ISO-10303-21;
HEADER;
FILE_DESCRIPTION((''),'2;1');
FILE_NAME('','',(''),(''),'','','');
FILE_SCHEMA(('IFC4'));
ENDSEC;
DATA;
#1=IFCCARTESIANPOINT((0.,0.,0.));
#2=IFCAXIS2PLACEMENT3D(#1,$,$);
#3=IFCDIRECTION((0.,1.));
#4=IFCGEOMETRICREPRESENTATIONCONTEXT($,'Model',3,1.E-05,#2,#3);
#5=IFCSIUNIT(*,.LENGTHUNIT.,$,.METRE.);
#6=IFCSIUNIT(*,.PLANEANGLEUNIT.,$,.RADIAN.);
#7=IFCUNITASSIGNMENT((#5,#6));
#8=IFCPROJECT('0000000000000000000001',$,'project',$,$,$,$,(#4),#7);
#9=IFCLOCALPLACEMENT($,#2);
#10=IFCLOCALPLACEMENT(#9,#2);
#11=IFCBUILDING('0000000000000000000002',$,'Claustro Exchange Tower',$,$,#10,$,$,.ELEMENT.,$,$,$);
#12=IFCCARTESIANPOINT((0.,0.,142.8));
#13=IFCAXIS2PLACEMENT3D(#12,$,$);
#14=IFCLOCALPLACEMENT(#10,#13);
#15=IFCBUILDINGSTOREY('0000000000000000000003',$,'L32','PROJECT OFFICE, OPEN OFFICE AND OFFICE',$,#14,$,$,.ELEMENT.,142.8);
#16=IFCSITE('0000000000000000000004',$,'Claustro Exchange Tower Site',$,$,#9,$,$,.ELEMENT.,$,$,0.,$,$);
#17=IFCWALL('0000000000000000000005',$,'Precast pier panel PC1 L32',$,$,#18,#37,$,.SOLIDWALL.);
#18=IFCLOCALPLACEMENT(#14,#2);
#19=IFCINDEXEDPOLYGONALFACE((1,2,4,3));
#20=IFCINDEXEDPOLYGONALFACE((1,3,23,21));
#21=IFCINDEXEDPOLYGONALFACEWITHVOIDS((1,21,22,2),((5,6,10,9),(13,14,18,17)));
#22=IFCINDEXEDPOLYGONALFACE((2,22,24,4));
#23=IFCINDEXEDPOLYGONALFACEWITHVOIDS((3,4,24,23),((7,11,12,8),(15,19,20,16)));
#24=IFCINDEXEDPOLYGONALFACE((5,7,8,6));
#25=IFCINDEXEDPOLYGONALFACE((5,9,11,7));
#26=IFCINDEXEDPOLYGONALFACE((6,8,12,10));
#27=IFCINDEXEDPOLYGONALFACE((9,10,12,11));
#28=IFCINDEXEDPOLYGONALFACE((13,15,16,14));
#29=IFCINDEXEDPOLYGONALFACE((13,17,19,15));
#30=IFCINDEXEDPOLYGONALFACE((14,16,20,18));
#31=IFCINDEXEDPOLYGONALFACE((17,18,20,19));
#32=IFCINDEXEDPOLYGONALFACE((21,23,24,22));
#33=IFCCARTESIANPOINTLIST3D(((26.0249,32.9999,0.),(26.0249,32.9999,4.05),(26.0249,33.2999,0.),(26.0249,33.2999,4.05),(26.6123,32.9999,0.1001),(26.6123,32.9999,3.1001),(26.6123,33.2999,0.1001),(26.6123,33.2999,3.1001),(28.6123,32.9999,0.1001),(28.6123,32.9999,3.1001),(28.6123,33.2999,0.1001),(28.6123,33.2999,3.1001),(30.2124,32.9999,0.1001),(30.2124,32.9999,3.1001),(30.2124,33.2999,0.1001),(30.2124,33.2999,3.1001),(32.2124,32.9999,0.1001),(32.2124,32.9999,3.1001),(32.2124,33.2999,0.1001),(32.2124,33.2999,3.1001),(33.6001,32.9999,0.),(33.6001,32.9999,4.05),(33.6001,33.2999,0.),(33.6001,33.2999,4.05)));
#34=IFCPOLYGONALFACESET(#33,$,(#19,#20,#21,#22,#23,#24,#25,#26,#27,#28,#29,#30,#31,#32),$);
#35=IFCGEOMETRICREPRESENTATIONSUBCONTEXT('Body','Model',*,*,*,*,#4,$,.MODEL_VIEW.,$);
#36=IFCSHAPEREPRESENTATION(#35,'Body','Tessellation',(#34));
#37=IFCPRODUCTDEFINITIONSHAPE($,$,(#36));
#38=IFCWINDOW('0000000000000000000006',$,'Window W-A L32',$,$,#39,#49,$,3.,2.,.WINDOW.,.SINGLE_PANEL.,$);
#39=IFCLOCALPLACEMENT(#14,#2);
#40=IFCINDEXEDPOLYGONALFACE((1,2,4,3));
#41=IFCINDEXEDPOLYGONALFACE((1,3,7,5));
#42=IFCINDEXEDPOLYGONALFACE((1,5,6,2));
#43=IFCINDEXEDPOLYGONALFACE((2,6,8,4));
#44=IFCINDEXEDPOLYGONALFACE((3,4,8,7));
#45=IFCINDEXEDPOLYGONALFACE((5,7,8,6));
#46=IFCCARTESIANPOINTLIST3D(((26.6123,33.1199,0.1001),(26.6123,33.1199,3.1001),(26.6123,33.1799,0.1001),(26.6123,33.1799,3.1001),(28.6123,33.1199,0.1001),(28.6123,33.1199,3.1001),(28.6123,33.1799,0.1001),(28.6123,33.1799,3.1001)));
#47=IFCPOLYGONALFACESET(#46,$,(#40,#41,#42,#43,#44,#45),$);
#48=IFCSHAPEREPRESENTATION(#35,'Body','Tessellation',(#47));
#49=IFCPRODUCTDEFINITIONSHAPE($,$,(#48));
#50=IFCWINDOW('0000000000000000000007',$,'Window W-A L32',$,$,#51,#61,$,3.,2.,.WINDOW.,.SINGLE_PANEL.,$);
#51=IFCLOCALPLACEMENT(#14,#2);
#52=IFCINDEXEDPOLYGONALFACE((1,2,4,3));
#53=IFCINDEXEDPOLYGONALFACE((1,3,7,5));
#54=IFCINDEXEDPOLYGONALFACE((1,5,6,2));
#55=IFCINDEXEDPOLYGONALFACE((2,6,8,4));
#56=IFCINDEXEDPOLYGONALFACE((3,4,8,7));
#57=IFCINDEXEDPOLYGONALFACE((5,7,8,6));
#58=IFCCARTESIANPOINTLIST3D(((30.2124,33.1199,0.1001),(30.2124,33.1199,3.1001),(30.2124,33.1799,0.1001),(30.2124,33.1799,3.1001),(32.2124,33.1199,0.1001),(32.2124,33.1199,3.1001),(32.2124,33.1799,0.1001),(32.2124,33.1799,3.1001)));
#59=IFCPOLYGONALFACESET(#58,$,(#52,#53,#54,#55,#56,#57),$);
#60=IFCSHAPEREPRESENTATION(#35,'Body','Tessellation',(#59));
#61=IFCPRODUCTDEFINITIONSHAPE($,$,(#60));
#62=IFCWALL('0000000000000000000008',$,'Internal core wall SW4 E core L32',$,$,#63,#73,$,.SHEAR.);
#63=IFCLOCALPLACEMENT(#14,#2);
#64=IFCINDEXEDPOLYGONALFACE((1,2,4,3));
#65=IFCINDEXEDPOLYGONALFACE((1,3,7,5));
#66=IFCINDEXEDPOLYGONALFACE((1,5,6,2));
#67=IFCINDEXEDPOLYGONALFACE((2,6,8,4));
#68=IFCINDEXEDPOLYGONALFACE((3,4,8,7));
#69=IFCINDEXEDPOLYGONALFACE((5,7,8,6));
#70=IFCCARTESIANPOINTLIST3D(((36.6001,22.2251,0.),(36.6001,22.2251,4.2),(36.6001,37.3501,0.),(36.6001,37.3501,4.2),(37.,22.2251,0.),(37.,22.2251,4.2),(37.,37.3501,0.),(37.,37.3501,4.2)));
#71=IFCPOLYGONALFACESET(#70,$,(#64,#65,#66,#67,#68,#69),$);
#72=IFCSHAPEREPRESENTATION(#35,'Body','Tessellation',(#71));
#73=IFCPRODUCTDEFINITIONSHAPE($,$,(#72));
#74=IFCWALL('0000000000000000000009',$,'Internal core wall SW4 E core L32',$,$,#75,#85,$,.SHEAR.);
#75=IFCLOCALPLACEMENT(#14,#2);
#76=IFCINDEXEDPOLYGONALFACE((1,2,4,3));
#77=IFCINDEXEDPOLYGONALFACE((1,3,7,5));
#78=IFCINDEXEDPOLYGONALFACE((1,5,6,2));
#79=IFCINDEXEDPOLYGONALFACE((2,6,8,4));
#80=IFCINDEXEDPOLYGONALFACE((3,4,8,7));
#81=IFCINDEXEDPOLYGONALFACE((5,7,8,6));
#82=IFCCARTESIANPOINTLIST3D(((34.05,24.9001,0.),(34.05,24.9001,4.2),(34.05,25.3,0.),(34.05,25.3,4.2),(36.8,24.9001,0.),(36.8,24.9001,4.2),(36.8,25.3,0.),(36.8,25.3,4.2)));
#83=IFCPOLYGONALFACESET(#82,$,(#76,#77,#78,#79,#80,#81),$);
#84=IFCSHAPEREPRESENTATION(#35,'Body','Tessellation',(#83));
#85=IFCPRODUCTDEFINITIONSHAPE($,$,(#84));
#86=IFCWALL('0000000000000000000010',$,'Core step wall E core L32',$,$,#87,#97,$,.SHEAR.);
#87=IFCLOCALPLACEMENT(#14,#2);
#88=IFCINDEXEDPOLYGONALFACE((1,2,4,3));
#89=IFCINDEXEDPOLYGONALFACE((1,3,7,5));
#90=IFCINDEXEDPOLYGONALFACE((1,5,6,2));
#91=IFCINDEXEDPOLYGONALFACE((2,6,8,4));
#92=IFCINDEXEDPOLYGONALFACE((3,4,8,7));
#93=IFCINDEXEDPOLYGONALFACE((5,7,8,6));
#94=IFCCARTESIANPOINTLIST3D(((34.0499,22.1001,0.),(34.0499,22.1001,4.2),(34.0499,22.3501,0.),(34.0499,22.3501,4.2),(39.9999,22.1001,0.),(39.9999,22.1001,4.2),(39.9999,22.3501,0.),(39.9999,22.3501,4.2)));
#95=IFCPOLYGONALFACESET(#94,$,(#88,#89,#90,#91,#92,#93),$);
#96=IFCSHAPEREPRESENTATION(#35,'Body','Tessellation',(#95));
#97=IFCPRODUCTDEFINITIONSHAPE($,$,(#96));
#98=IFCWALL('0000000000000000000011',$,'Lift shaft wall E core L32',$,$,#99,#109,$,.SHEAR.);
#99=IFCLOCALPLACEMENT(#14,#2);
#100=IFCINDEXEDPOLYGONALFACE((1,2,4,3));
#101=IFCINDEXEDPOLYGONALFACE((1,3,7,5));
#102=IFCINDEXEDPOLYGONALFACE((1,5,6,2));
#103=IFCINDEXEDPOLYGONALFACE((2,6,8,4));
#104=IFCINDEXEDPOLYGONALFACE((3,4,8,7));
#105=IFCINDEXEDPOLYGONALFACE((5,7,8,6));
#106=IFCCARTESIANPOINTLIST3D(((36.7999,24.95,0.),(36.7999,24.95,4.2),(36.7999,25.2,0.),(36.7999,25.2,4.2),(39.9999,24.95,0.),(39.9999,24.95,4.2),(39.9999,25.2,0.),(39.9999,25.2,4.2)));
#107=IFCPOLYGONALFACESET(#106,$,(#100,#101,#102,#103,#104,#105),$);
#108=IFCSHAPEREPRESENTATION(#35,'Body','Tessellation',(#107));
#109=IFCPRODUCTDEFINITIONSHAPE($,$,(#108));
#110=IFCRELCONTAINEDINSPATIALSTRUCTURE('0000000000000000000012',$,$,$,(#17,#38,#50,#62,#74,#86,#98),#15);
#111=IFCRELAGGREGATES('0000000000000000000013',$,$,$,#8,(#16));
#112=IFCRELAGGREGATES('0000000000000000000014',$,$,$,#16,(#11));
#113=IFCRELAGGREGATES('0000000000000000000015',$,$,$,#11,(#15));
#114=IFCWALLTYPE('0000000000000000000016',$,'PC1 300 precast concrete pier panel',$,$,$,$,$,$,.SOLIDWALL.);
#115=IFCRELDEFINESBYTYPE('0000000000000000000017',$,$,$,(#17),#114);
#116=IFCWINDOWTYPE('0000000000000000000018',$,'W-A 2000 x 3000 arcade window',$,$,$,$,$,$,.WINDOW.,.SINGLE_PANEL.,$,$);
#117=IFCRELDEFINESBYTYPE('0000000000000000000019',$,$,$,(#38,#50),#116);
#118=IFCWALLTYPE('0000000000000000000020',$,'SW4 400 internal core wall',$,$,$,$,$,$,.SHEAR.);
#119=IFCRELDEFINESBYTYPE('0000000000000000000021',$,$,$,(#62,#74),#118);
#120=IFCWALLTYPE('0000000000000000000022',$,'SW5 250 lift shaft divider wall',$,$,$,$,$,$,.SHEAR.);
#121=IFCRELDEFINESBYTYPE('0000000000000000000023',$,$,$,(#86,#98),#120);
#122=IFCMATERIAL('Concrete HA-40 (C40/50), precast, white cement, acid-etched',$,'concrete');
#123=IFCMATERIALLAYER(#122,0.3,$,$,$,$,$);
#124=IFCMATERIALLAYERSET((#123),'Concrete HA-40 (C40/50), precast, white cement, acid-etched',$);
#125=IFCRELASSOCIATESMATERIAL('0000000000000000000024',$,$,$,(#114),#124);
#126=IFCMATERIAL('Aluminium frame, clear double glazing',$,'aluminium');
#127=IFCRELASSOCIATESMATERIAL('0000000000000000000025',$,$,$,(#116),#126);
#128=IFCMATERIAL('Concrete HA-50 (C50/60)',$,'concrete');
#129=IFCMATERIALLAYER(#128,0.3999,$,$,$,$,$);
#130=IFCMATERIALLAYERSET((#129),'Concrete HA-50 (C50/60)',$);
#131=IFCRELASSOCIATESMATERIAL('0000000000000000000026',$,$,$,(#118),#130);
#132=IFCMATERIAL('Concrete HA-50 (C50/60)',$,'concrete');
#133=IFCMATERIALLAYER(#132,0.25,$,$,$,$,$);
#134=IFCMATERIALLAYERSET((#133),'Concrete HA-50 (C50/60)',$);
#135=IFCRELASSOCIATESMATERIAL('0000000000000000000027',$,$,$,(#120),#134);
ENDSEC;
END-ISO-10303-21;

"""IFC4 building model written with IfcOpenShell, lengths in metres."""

from ifc_helpers import new_model, si_unit, direction, frame, frame_2d, origin, place, context, subcontext, project, spatial, rectangle, extrude, material, layer, layer_set, type_object, element, fill, save


model = new_model("IFC4")

# Units and contexts
model_context = context("Model", 3, precision=1e-05, world=origin(), true_north=direction((0.0, 1.0)))
body_context = subcontext(model_context, "Body", "Model", "MODEL_VIEW")
ifc_project = project(units=[si_unit("LENGTHUNIT", "METRE"), si_unit("PLANEANGLEUNIT", "RADIAN")], contexts=[model_context])

# Site, building, storey
site_placement = place(None, origin())
site = spatial("IfcSite", under=ifc_project, at=site_placement, Name="Claustro Exchange Tower Site", CompositionType="ELEMENT", RefElevation=0.0)
building_placement = place(site_placement, origin())
building = spatial("IfcBuilding", under=site, at=building_placement, Name="Claustro Exchange Tower", CompositionType="ELEMENT")
storey_placement = place(building_placement, frame((0.0, 0.0, 142.8)))
storey = spatial("IfcBuildingStorey", under=building, at=storey_placement, Name="L32", Description="PROJECT OFFICE, OPEN OFFICE AND OFFICE", CompositionType="ELEMENT", Elevation=142.8)

# Wall, openings, windows
ifc_material_1 = material(Name="Concrete HA-40 (C40/50), precast, white cement, acid-etched", Category="concrete")
ifc_layer_1 = layer(ifc_material_1, 0.3)
ifc_layer_set_1 = layer_set([ifc_layer_1], Name="Concrete HA-40 (C40/50), precast, white cement, acid-etched")
wall_type_1 = type_object("IfcWallType", Name="PC1 300 precast concrete pier panel", PredefinedType="SOLIDWALL", material=ifc_layer_set_1)
wall_1_placement = place(storey_placement, frame((26.0249, 33.1499, 0.0), z_axis=(0.0, 0.0, 1.0), x_axis=(1.0, 0.0, 0.0)))
wall_1 = element("IfcWall", 1, at=wall_1_placement, inside=storey, type_object=wall_type_1, Name="Precast pier panel PC1 L32", PredefinedType="SOLIDWALL", context=body_context, shape_type="SweptSolid", body=[
    extrude(rectangle(XDim=7.5752, YDim=0.3, at=frame_2d((3.7876, 0.0))), origin(), (0.0, 0.0, 1.0), 4.05),
])
opening_1_placement = place(wall_1_placement, frame((0.5874, 0.0, 0.1001)))
opening_1 = element("IfcOpeningElement", 2, at=opening_1_placement, cuts=wall_1, PredefinedType="OPENING", context=body_context, shape_type="SweptSolid", body=[
    extrude(rectangle(XDim=2.0, YDim=3.0, at=frame_2d((1.0, 1.5))), frame((0.0, 0.1599, 0.0), z_axis=(0.0, -1.0, 0.0), x_axis=(1.0, 0.0, 0.0)), (0.0, 0.0, 1.0), 0.3201),
])
opening_2_placement = place(wall_1_placement, frame((4.1875, 0.0, 0.1001)))
opening_2 = element("IfcOpeningElement", 3, at=opening_2_placement, cuts=wall_1, PredefinedType="OPENING", context=body_context, shape_type="SweptSolid", body=[
    extrude(rectangle(XDim=2.0, YDim=3.0, at=frame_2d((1.0, 1.5))), frame((0.0, 0.1599, 0.0), z_axis=(0.0, -1.0, 0.0), x_axis=(1.0, 0.0, 0.0)), (0.0, 0.0, 1.0), 0.3201),
])
ifc_material_2 = material(Name="Aluminium frame, clear double glazing", Category="aluminium")
window_type = type_object("IfcWindowType", Name="W-A 2000 x 3000 arcade window", PartitioningType="SINGLE_PANEL", PredefinedType="WINDOW", material=ifc_material_2)
window_1_placement = place(opening_1_placement, origin())
window_1 = element("IfcWindow", 4, at=window_1_placement, inside=storey, type_object=window_type, Name="Window W-A L32", OverallHeight=3.0, OverallWidth=2.0, PartitioningType="SINGLE_PANEL", PredefinedType="WINDOW", context=body_context, shape_type="SweptSolid", body=[
    extrude(rectangle(XDim=2.0, YDim=3.0, at=frame_2d((1.0, 1.5))), frame((0.0, 0.03, 0.0), z_axis=(0.0, -1.0, 0.0), x_axis=(1.0, 0.0, 0.0)), (0.0, 0.0, 1.0), 0.0601),
])
fill(opening_1, window_1)
window_2_placement = place(opening_2_placement, origin())
window_2 = element("IfcWindow", 5, at=window_2_placement, inside=storey, type_object=window_type, Name="Window W-A L32", OverallHeight=3.0, OverallWidth=2.0, PartitioningType="SINGLE_PANEL", PredefinedType="WINDOW", context=body_context, shape_type="SweptSolid", body=[
    extrude(rectangle(XDim=2.0, YDim=3.0, at=frame_2d((1.0, 1.5))), frame((0.0, 0.03, 0.0), z_axis=(0.0, -1.0, 0.0), x_axis=(1.0, 0.0, 0.0)), (0.0, 0.0, 1.0), 0.0601),
])
fill(opening_2, window_2)

# Walls
ifc_material_3 = material(Name="Concrete HA-50 (C50/60)", Category="concrete")
ifc_layer_2 = layer(ifc_material_3, 0.3999)
ifc_layer_set_2 = layer_set([ifc_layer_2], Name="Concrete HA-50 (C50/60)")
wall_type_2 = type_object("IfcWallType", Name="SW4 400 internal core wall", PredefinedType="SHEAR", material=ifc_layer_set_2)
wall_2_placement = place(storey_placement, frame((36.8, 22.2251, 0.0), z_axis=(0.0, 0.0, 1.0), x_axis=(0.0, 1.0, 0.0)))
element("IfcWall", 6, at=wall_2_placement, inside=storey, type_object=wall_type_2, Name="Internal core wall SW4 E core L32", PredefinedType="SHEAR", context=body_context, shape_type="SweptSolid", body=[
    extrude(rectangle(XDim=15.125, YDim=0.3999, at=frame_2d((7.5625, 0.0))), origin(), (0.0, 0.0, 1.0), 4.2),
])
wall_3_placement = place(storey_placement, frame((36.8, 25.1001, 0.0), z_axis=(0.0, 0.0, 1.0), x_axis=(-1.0, 0.0, 0.0)))
element("IfcWall", 7, at=wall_3_placement, inside=storey, type_object=wall_type_2, Name="Internal core wall SW4 E core L32", PredefinedType="SHEAR", context=body_context, shape_type="SweptSolid", body=[
    extrude(rectangle(XDim=2.75, YDim=0.3999, at=frame_2d((1.375, 0.0))), origin(), (0.0, 0.0, 1.0), 4.2),
])
ifc_material_4 = material(Name="Concrete HA-50 (C50/60)", Category="concrete")
ifc_layer_3 = layer(ifc_material_4, 0.25)
ifc_layer_set_3 = layer_set([ifc_layer_3], Name="Concrete HA-50 (C50/60)")
wall_type_3 = type_object("IfcWallType", Name="SW5 250 lift shaft divider wall", PredefinedType="SHEAR", material=ifc_layer_set_3)
wall_4_placement = place(storey_placement, frame((40.0, 22.2251, 0.0), z_axis=(0.0, 0.0, 1.0), x_axis=(-1.0, 0.0, 0.0)))
element("IfcWall", 8, at=wall_4_placement, inside=storey, type_object=wall_type_3, Name="Core step wall E core L32", PredefinedType="SHEAR", context=body_context, shape_type="SweptSolid", body=[
    extrude(rectangle(XDim=5.95, YDim=0.25, at=frame_2d((2.9751, 0.0))), origin(), (0.0, 0.0, 1.0), 4.2),
])
wall_5_placement = place(storey_placement, frame((40.0, 25.075, 0.0), z_axis=(0.0, 0.0, 1.0), x_axis=(-1.0, 0.0, 0.0)))
element("IfcWall", 9, at=wall_5_placement, inside=storey, type_object=wall_type_3, Name="Lift shaft wall E core L32", PredefinedType="SHEAR", context=body_context, shape_type="SweptSolid", body=[
    extrude(rectangle(XDim=3.2, YDim=0.25, at=frame_2d((1.6001, 0.0))), origin(), (0.0, 0.0, 1.0), 4.2),
])

save(model, "model.ifc")
